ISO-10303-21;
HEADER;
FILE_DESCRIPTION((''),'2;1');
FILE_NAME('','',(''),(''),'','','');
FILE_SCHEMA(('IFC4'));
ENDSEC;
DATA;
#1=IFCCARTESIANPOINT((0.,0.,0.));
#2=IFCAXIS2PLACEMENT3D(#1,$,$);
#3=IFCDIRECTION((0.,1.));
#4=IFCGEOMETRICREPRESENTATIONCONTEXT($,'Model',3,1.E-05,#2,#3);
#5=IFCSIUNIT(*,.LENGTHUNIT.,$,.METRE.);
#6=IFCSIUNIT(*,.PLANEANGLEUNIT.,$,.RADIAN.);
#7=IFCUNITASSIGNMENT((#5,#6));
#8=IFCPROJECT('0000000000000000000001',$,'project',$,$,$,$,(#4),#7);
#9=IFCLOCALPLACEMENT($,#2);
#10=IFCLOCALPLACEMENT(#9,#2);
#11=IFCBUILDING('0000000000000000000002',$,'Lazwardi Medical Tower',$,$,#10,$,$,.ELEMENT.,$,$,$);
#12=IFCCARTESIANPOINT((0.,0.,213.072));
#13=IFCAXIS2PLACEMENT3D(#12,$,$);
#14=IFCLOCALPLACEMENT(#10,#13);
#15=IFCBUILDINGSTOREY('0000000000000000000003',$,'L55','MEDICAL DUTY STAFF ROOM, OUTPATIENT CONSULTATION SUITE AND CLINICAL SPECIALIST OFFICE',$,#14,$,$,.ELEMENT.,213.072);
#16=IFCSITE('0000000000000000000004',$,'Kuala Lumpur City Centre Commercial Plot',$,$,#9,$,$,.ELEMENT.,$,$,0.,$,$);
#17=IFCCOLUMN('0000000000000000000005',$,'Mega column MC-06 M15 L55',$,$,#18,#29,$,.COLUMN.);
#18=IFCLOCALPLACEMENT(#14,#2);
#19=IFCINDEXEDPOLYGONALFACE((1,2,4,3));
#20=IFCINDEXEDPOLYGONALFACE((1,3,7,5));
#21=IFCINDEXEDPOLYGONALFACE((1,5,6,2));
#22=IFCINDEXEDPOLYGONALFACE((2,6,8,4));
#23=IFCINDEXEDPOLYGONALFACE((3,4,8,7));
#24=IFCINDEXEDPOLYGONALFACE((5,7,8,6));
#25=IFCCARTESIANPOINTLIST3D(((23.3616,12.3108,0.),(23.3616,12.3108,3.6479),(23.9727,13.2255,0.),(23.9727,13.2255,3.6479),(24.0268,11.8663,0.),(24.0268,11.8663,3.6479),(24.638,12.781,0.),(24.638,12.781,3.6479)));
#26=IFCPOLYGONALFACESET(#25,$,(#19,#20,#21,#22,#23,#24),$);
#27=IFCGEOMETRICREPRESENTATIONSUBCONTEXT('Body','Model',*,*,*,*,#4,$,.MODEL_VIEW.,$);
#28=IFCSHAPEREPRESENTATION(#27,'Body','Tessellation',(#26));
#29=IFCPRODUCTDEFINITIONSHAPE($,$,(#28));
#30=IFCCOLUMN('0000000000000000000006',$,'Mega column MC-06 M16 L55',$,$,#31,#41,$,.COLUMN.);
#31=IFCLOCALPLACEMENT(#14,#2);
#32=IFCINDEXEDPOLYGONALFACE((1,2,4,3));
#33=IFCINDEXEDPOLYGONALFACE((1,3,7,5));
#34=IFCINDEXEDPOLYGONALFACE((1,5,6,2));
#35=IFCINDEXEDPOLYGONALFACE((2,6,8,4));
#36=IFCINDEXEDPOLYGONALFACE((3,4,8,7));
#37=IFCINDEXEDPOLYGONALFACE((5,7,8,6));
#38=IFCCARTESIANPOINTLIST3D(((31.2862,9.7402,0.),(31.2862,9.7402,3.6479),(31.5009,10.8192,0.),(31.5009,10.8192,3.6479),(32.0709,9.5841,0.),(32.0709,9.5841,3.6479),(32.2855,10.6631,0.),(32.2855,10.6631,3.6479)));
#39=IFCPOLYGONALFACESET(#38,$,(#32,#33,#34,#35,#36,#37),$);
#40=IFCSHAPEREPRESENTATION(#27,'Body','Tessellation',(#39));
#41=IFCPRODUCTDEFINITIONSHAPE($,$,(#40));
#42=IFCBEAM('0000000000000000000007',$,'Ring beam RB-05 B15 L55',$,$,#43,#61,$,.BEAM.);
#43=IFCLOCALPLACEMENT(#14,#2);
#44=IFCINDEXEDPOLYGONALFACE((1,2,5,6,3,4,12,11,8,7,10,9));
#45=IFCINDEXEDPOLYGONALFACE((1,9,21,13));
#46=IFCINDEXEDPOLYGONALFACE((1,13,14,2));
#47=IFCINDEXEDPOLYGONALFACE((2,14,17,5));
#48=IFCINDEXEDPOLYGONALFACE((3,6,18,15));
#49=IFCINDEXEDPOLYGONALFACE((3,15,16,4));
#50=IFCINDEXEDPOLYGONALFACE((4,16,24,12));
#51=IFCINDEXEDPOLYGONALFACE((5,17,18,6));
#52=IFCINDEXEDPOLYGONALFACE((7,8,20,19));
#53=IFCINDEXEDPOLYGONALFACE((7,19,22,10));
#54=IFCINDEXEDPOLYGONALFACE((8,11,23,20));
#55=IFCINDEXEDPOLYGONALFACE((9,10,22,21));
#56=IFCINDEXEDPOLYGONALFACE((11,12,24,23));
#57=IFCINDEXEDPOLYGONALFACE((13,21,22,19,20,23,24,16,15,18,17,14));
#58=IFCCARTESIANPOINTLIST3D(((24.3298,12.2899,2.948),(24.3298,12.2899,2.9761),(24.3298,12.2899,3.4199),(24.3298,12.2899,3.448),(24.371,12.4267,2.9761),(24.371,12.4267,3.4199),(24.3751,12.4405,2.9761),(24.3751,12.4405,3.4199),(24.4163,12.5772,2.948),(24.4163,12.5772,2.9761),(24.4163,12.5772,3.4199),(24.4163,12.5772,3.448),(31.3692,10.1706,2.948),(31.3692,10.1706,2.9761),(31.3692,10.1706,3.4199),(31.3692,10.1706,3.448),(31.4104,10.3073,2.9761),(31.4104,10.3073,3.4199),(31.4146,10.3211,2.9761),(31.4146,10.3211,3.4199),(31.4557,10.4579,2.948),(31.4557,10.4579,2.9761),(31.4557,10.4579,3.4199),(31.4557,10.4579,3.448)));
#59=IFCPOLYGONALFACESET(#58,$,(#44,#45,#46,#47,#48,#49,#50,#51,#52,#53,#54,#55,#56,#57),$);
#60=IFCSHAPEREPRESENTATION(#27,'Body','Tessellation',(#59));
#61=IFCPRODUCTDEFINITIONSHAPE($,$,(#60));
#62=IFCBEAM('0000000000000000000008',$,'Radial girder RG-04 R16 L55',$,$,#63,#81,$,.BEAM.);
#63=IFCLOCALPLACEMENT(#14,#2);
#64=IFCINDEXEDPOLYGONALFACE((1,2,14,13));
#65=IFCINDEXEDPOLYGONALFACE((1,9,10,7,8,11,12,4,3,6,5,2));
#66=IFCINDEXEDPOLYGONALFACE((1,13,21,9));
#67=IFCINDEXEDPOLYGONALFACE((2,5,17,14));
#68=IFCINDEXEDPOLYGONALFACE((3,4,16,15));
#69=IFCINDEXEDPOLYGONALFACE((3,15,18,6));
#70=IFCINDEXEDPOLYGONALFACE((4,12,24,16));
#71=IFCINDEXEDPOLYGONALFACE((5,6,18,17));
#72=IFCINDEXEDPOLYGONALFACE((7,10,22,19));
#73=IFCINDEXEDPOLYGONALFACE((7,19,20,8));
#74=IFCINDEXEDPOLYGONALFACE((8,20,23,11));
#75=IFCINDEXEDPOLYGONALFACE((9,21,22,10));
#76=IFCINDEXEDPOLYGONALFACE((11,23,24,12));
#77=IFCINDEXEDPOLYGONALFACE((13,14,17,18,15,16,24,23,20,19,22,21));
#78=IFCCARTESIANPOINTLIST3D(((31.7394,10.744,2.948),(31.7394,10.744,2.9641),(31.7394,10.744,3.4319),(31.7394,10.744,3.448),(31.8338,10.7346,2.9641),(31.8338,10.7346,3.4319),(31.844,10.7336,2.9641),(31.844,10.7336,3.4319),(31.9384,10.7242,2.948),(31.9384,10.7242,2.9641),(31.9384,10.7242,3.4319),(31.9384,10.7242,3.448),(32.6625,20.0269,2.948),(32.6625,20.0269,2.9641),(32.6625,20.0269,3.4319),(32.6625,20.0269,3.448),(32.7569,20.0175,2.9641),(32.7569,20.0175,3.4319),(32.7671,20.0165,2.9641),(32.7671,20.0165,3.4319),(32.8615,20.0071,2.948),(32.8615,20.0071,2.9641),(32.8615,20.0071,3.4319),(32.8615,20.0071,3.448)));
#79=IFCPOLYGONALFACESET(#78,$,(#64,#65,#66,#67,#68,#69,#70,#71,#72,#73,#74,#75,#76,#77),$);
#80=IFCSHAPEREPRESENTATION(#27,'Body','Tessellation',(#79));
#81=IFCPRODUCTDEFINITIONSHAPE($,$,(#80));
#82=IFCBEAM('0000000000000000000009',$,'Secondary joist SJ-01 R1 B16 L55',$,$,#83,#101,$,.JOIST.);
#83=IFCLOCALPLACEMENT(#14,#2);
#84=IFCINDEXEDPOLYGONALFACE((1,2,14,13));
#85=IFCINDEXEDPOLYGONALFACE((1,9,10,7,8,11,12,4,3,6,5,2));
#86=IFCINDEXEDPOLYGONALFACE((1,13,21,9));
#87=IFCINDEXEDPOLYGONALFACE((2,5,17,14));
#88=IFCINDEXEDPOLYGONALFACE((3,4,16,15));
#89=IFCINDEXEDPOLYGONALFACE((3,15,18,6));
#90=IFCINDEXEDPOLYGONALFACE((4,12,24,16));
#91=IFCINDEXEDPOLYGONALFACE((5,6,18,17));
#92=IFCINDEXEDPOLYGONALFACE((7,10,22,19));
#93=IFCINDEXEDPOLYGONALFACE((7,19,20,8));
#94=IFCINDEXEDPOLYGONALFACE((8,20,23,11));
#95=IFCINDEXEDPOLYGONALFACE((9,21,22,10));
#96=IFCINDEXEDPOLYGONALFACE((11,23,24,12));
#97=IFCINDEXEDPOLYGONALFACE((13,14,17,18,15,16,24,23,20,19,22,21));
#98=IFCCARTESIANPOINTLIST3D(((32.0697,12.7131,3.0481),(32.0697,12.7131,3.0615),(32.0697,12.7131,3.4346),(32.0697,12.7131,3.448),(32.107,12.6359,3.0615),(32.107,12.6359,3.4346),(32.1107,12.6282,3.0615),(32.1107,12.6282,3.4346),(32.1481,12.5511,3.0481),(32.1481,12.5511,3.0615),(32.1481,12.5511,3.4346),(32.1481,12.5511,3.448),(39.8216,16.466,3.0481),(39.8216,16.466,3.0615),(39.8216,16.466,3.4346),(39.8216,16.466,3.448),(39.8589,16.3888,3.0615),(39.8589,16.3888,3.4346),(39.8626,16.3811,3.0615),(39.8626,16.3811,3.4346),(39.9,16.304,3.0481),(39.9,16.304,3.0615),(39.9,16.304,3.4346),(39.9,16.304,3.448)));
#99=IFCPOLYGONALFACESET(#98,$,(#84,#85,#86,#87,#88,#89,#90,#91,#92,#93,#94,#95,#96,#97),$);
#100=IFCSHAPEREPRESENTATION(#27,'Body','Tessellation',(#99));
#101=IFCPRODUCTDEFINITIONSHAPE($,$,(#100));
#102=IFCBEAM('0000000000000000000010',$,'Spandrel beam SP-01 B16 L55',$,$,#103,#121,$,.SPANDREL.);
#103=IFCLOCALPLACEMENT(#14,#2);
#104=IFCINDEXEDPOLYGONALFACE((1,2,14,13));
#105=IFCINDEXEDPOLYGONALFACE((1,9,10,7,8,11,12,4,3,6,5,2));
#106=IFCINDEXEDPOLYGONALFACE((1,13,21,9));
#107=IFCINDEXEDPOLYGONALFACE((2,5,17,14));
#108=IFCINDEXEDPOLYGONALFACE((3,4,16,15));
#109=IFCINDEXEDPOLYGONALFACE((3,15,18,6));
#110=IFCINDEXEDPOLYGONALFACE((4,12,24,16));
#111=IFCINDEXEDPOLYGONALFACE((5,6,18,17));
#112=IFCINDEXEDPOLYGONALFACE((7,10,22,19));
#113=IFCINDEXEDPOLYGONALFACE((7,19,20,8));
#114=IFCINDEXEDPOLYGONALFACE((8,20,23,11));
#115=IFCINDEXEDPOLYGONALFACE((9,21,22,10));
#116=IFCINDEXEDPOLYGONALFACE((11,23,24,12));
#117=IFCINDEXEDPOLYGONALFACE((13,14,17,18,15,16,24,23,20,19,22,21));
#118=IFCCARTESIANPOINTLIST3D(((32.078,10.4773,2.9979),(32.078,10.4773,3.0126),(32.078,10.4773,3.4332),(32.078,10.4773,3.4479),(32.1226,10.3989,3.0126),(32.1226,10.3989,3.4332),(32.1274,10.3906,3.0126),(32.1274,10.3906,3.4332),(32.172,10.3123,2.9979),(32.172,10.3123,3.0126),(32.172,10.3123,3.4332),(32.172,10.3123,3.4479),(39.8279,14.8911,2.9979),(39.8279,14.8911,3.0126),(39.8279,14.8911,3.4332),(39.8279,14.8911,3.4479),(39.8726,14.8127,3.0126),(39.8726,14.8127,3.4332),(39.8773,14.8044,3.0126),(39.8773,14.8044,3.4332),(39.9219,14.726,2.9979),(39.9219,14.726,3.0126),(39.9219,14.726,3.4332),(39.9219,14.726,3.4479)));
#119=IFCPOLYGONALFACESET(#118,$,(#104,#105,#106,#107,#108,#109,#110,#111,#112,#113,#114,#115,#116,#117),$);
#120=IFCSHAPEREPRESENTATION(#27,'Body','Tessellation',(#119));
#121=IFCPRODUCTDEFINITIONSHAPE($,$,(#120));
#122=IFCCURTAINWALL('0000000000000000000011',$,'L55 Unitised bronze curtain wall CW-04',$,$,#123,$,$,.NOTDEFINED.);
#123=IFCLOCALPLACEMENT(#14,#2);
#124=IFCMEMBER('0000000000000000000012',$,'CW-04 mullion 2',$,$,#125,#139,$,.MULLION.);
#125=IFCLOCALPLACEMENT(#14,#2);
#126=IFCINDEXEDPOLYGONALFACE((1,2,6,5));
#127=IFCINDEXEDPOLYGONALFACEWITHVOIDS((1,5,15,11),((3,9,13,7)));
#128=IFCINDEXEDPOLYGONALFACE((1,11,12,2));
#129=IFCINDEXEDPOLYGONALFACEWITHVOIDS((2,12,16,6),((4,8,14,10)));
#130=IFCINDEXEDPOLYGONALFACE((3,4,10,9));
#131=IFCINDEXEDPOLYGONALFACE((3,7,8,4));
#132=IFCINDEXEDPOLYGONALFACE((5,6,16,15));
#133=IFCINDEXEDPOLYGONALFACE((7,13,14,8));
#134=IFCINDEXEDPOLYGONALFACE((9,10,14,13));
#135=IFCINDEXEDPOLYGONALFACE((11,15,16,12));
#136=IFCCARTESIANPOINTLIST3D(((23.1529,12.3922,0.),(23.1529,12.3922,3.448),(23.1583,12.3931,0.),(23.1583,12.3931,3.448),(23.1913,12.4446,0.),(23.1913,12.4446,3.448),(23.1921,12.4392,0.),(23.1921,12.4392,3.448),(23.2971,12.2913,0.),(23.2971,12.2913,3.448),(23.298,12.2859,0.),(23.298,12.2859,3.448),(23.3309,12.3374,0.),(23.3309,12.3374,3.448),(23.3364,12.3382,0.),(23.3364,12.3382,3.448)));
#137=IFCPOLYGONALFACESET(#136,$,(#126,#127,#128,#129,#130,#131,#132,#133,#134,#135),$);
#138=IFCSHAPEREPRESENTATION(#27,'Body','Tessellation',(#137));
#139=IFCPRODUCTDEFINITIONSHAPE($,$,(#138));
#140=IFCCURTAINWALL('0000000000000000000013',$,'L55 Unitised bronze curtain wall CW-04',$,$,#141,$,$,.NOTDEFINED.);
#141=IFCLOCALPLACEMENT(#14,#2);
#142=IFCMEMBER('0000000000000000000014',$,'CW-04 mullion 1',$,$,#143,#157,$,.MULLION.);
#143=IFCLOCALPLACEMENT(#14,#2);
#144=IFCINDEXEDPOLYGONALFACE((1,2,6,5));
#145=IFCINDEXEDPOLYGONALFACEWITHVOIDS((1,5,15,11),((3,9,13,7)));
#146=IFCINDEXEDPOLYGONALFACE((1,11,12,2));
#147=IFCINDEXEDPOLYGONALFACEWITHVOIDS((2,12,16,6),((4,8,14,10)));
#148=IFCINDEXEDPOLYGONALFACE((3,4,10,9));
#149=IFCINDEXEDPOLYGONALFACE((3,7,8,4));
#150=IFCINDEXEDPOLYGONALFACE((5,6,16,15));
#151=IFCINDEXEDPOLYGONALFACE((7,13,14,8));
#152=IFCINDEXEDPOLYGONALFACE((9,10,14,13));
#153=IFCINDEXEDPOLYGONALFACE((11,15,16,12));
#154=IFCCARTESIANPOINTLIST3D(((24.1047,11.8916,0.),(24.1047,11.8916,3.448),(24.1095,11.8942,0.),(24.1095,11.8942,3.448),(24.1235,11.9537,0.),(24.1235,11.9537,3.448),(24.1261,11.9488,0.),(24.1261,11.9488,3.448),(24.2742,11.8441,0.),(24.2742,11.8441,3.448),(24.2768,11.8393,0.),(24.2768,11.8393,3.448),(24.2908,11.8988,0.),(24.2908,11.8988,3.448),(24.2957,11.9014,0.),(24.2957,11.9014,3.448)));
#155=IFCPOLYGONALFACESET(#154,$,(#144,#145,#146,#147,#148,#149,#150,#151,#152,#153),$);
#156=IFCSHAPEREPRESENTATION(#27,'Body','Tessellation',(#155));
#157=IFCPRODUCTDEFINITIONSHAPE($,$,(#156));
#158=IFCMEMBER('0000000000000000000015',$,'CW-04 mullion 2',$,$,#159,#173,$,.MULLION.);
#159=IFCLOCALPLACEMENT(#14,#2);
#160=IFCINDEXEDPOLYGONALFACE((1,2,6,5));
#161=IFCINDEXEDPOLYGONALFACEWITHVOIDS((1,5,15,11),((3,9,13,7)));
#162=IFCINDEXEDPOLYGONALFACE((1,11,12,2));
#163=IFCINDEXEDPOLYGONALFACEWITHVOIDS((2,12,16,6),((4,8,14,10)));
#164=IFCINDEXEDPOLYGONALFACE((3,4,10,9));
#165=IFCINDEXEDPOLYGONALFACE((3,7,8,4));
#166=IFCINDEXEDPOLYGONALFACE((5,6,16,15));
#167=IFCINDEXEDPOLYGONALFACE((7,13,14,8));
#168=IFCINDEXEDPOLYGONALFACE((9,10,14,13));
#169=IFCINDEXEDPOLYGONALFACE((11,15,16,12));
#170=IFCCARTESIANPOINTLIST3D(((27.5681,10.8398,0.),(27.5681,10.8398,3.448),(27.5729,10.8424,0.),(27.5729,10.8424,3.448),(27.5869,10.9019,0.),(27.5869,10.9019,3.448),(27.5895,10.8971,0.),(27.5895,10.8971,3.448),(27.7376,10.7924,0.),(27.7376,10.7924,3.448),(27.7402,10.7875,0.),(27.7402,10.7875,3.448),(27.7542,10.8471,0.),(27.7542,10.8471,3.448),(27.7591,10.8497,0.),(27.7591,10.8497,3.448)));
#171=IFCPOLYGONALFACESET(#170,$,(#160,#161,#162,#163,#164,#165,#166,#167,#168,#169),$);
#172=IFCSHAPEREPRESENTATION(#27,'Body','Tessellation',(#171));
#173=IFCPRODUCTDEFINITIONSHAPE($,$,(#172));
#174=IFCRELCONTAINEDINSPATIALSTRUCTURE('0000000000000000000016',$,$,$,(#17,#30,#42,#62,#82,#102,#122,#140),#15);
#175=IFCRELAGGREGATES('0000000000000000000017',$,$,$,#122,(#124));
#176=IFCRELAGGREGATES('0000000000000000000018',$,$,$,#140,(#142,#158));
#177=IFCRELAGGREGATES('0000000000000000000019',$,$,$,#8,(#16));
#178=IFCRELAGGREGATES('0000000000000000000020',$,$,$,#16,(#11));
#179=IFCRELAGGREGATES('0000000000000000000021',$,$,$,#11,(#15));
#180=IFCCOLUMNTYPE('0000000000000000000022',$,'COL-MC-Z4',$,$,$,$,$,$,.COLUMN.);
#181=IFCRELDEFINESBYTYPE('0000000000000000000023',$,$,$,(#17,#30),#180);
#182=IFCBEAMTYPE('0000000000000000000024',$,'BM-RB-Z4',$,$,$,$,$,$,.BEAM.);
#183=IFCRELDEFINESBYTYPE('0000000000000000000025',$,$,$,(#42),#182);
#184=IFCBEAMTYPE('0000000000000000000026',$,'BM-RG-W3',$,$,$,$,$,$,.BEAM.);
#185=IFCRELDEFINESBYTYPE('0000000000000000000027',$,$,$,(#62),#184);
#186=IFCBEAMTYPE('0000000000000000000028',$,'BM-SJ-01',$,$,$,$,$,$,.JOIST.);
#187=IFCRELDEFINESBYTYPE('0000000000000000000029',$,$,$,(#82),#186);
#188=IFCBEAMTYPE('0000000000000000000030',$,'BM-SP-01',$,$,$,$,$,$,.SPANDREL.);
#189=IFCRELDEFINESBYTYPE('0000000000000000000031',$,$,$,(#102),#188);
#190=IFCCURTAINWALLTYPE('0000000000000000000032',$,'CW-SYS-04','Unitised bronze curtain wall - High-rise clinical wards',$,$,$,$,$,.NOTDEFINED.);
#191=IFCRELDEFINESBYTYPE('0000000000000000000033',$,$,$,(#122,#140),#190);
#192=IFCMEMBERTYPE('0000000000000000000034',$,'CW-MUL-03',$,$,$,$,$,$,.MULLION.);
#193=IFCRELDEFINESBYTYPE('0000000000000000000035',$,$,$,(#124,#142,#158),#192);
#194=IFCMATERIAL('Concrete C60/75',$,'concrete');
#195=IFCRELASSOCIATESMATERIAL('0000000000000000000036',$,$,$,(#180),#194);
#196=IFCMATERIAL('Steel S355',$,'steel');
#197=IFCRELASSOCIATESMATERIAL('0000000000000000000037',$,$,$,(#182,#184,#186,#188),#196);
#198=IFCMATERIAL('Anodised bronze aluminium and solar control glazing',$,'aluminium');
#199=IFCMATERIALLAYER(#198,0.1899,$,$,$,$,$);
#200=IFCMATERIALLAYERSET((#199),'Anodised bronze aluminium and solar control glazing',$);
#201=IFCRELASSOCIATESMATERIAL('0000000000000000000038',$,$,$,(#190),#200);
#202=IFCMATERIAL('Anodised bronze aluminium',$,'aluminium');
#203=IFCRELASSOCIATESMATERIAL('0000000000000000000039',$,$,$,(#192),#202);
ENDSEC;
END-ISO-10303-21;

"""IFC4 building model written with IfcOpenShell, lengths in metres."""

from ifc_helpers import new_model, si_unit, direction, frame, origin, origin_2d, place, context, subcontext, project, spatial, rectangle, hollow_rectangle, i_section, extrude, material, layer, layer_set, material_profile, profile_set, type_object, element, aggregate, save


model = new_model("IFC4")

# Units and contexts
model_context = context("Model", 3, precision=1e-05, world=origin(), true_north=direction((0.0, 1.0)))
body_context = subcontext(model_context, "Body", "Model", "MODEL_VIEW")
ifc_project = project(units=[si_unit("LENGTHUNIT", "METRE"), si_unit("PLANEANGLEUNIT", "RADIAN")], contexts=[model_context])

# Site, building, storey
site_placement = place(None, origin())
site = spatial("IfcSite", under=ifc_project, at=site_placement, Name="Kuala Lumpur City Centre Commercial Plot", CompositionType="ELEMENT", RefElevation=0.0)
building_placement = place(site_placement, origin())
building = spatial("IfcBuilding", under=site, at=building_placement, Name="Lazwardi Medical Tower", CompositionType="ELEMENT")
storey_placement = place(building_placement, frame((0.0, 0.0, 213.072)))
storey = spatial("IfcBuildingStorey", under=building, at=storey_placement, Name="L55", Description="MEDICAL DUTY STAFF ROOM, OUTPATIENT CONSULTATION SUITE AND CLINICAL SPECIALIST OFFICE", CompositionType="ELEMENT", Elevation=213.072)

# Columns
ifc_material_1 = material(Name="Concrete C60/75", Category="concrete")
ifc_material_profile_1 = material_profile(ifc_material_1, rectangle(XDim=1.1001, YDim=0.8, at=origin_2d()), Name="CFT-RECT 1100x800")
ifc_profile_set_1 = profile_set([ifc_material_profile_1], Name="Concrete C60/75")
column_type = type_object("IfcColumnType", Name="COL-MC-Z4", PredefinedType="COLUMN", material=ifc_profile_set_1)
for number, where, z_axis, x_axis, name in (
    (1, (23.9998, 12.5459, 0.0), (0.0, 0.0, 1.0), (-0.55557, -0.83147, 0.0), "Mega column MC-06 M15 L55"),
    (2, (31.7859, 10.2017, 0.0), (0.0, 0.0, 1.0), (-0.19509, -0.980785, 0.0), "Mega column MC-06 M16 L55"),
):
    element("IfcColumn", number, at=place(storey_placement, frame(where, z_axis=z_axis, x_axis=x_axis)), inside=storey, type_object=column_type, Name=name, PredefinedType="COLUMN", context=body_context, shape_type="SweptSolid", body=[
        extrude(rectangle(XDim=1.1001, YDim=0.8, at=origin_2d()), origin(), (0.0, 0.0, 1.0), 3.6479),
    ])

# Beams
ifc_material_2 = material(Name="Steel S355", Category="steel")
ifc_material_profile_2 = material_profile(ifc_material_2, i_section(OverallWidth=0.3, OverallDepth=0.5, WebThickness=0.0144, FlangeThickness=0.0281, at=origin_2d()), Name="HEB 500")
ifc_profile_set_2 = profile_set([ifc_material_profile_2], Name="Steel S355")
beam_type_1 = type_object("IfcBeamType", Name="BM-RB-Z4", PredefinedType="BEAM", material=ifc_profile_set_2)
beam_1_placement = place(storey_placement, frame((24.373, 12.4336, 3.198), z_axis=(0.957544, -0.288286, 0.0), x_axis=(0.288286, 0.957544, 0.0)))
element("IfcBeam", 3, at=beam_1_placement, inside=storey, type_object=beam_type_1, Name="Ring beam RB-05 B15 L55", PredefinedType="BEAM", context=body_context, shape_type="SweptSolid", body=[
    extrude(i_section(OverallWidth=0.3, OverallDepth=0.5, WebThickness=0.0144, FlangeThickness=0.0281, at=origin_2d()), origin(), (0.0, 0.0, 1.0), 7.3516),
])
ifc_material_profile_3 = material_profile(ifc_material_2, i_section(OverallWidth=0.2, OverallDepth=0.5, WebThickness=0.0103, FlangeThickness=0.0161, at=origin_2d()), Name="IPE 500")
ifc_profile_set_3 = profile_set([ifc_material_profile_3], Name="Steel S355")
beam_type_2 = type_object("IfcBeamType", Name="BM-RG-W3", PredefinedType="BEAM", material=ifc_profile_set_3)
beam_2_placement = place(storey_placement, frame((31.8389, 10.7341, 3.198), z_axis=(0.098954, 0.995092, 0.0), x_axis=(-0.995092, 0.098954, 0.0)))
element("IfcBeam", 4, at=beam_2_placement, inside=storey, type_object=beam_type_2, Name="Radial girder RG-04 R16 L55", PredefinedType="BEAM", context=body_context, shape_type="SweptSolid", body=[
    extrude(i_section(OverallWidth=0.2, OverallDepth=0.5, WebThickness=0.0103, FlangeThickness=0.0161, at=origin_2d()), origin(), (0.0, 0.0, 1.0), 9.3286),
])
ifc_material_profile_4 = material_profile(ifc_material_2, i_section(OverallWidth=0.1799, OverallDepth=0.3999, WebThickness=0.0085, FlangeThickness=0.0134, at=origin_2d()), Name="IPE 400")
ifc_profile_set_4 = profile_set([ifc_material_profile_4], Name="Steel S355")
beam_type_3 = type_object("IfcBeamType", Name="BM-SJ-01", PredefinedType="JOIST", material=ifc_profile_set_4)
beam_3_placement = place(storey_placement, frame((32.1089, 12.6321, 3.248), z_axis=(0.900069, 0.435748, 0.0), x_axis=(-0.435748, 0.900069, 0.0)))
element("IfcBeam", 5, at=beam_3_placement, inside=storey, type_object=beam_type_3, Name="Secondary joist SJ-01 R1 B16 L55", PredefinedType="JOIST", context=body_context, shape_type="SweptSolid", body=[
    extrude(i_section(OverallWidth=0.1799, OverallDepth=0.3999, WebThickness=0.0085, FlangeThickness=0.0134, at=origin_2d()), origin(), (0.0, 0.0, 1.0), 8.6125),
])
ifc_material_profile_5 = material_profile(ifc_material_2, i_section(OverallWidth=0.1899, OverallDepth=0.45, WebThickness=0.0095, FlangeThickness=0.0146, at=origin_2d()), Name="IPE 450")
ifc_profile_set_5 = profile_set([ifc_material_profile_5], Name="Steel S355")
beam_type_4 = type_object("IfcBeamType", Name="BM-SP-01", PredefinedType="SPANDREL", material=ifc_profile_set_5)
beam_4_placement = place(storey_placement, frame((32.125, 10.3948, 3.2229), z_axis=(0.868955, 0.494891, 0.0), x_axis=(-0.494891, 0.868955, 0.0)))
element("IfcBeam", 6, at=beam_4_placement, inside=storey, type_object=beam_type_4, Name="Spandrel beam SP-01 B16 L55", PredefinedType="SPANDREL", context=body_context, shape_type="SweptSolid", body=[
    extrude(i_section(OverallWidth=0.1899, OverallDepth=0.45, WebThickness=0.0095, FlangeThickness=0.0146, at=origin_2d()), origin(), (0.0, 0.0, 1.0), 8.9187),
])

# Curtain wall, member
ifc_material_3 = material(Name="Anodised bronze aluminium and solar control glazing", Category="aluminium")
ifc_layer_1 = layer(ifc_material_3, 0.1899)
ifc_layer_set_1 = layer_set([ifc_layer_1], Name="Anodised bronze aluminium and solar control glazing")
curtain_wall_type = type_object("IfcCurtainWallType", Name="CW-SYS-04", Description="Unitised bronze curtain wall - High-rise clinical wards", PredefinedType="NOTDEFINED", material=ifc_layer_set_1)
curtain_wall_1_placement = place(storey_placement, origin())
curtain_wall_1 = element("IfcCurtainWall", 7, at=curtain_wall_1_placement, inside=storey, type_object=curtain_wall_type, Name="L55 Unitised bronze curtain wall CW-04", PredefinedType="NOTDEFINED")
ifc_material_4 = material(Name="Anodised bronze aluminium", Category="aluminium")
ifc_material_profile_6 = material_profile(ifc_material_4, hollow_rectangle(XDim=0.0649, YDim=0.1799, WallThickness=0.0039, at=origin_2d()), Name="ALU-MULLION 180x65x4")
ifc_profile_set_6 = profile_set([ifc_material_profile_6], Name="Anodised bronze aluminium")
member_type_1 = type_object("IfcMemberType", Name="CW-MUL-03", PredefinedType="MULLION", material=ifc_profile_set_6)
member_1_placement = place(storey_placement, frame((23.2446, 12.3652, 0.0), z_axis=(0.0, 0.0, 1.0), x_axis=(0.591268, 0.806475, 0.0)))
member_1 = element("IfcMember", 8, at=member_1_placement, type_object=member_type_1, Name="CW-04 mullion 2", PredefinedType="MULLION", context=body_context, shape_type="SweptSolid", body=[
    extrude(hollow_rectangle(XDim=0.0649, YDim=0.1799, WallThickness=0.0039, at=origin_2d()), origin(), (0.0, 0.0, 1.0), 3.448),
])
aggregate(curtain_wall_1, [member_1])

# Curtain wall, members
curtain_wall_2_placement = place(storey_placement, origin())
curtain_wall_2 = element("IfcCurtainWall", 9, at=curtain_wall_2_placement, inside=storey, type_object=curtain_wall_type, Name="L55 Unitised bronze curtain wall CW-04", PredefinedType="NOTDEFINED")
member_2_placement = place(storey_placement, frame((24.2002, 11.8965, 0.0), z_axis=(0.0, 0.0, 1.0), x_axis=(0.290582, 0.95685, 0.0)))
member_2 = element("IfcMember", 10, at=member_2_placement, type_object=member_type_1, Name="CW-04 mullion 1", PredefinedType="MULLION", context=body_context, shape_type="SweptSolid", body=[
    extrude(hollow_rectangle(XDim=0.0649, YDim=0.1799, WallThickness=0.0039, at=origin_2d()), origin(), (0.0, 0.0, 1.0), 3.448),
])
member_3_placement = place(storey_placement, frame((27.6636, 10.8447, 0.0), z_axis=(0.0, 0.0, 1.0), x_axis=(0.290582, 0.95685, 0.0)))
member_3 = element("IfcMember", 11, at=member_3_placement, type_object=member_type_1, Name="CW-04 mullion 2", PredefinedType="MULLION", context=body_context, shape_type="SweptSolid", body=[
    extrude(hollow_rectangle(XDim=0.0649, YDim=0.1799, WallThickness=0.0039, at=origin_2d()), origin(), (0.0, 0.0, 1.0), 3.448),
])
aggregate(curtain_wall_2, [member_2, member_3])

save(model, "model.ifc")
